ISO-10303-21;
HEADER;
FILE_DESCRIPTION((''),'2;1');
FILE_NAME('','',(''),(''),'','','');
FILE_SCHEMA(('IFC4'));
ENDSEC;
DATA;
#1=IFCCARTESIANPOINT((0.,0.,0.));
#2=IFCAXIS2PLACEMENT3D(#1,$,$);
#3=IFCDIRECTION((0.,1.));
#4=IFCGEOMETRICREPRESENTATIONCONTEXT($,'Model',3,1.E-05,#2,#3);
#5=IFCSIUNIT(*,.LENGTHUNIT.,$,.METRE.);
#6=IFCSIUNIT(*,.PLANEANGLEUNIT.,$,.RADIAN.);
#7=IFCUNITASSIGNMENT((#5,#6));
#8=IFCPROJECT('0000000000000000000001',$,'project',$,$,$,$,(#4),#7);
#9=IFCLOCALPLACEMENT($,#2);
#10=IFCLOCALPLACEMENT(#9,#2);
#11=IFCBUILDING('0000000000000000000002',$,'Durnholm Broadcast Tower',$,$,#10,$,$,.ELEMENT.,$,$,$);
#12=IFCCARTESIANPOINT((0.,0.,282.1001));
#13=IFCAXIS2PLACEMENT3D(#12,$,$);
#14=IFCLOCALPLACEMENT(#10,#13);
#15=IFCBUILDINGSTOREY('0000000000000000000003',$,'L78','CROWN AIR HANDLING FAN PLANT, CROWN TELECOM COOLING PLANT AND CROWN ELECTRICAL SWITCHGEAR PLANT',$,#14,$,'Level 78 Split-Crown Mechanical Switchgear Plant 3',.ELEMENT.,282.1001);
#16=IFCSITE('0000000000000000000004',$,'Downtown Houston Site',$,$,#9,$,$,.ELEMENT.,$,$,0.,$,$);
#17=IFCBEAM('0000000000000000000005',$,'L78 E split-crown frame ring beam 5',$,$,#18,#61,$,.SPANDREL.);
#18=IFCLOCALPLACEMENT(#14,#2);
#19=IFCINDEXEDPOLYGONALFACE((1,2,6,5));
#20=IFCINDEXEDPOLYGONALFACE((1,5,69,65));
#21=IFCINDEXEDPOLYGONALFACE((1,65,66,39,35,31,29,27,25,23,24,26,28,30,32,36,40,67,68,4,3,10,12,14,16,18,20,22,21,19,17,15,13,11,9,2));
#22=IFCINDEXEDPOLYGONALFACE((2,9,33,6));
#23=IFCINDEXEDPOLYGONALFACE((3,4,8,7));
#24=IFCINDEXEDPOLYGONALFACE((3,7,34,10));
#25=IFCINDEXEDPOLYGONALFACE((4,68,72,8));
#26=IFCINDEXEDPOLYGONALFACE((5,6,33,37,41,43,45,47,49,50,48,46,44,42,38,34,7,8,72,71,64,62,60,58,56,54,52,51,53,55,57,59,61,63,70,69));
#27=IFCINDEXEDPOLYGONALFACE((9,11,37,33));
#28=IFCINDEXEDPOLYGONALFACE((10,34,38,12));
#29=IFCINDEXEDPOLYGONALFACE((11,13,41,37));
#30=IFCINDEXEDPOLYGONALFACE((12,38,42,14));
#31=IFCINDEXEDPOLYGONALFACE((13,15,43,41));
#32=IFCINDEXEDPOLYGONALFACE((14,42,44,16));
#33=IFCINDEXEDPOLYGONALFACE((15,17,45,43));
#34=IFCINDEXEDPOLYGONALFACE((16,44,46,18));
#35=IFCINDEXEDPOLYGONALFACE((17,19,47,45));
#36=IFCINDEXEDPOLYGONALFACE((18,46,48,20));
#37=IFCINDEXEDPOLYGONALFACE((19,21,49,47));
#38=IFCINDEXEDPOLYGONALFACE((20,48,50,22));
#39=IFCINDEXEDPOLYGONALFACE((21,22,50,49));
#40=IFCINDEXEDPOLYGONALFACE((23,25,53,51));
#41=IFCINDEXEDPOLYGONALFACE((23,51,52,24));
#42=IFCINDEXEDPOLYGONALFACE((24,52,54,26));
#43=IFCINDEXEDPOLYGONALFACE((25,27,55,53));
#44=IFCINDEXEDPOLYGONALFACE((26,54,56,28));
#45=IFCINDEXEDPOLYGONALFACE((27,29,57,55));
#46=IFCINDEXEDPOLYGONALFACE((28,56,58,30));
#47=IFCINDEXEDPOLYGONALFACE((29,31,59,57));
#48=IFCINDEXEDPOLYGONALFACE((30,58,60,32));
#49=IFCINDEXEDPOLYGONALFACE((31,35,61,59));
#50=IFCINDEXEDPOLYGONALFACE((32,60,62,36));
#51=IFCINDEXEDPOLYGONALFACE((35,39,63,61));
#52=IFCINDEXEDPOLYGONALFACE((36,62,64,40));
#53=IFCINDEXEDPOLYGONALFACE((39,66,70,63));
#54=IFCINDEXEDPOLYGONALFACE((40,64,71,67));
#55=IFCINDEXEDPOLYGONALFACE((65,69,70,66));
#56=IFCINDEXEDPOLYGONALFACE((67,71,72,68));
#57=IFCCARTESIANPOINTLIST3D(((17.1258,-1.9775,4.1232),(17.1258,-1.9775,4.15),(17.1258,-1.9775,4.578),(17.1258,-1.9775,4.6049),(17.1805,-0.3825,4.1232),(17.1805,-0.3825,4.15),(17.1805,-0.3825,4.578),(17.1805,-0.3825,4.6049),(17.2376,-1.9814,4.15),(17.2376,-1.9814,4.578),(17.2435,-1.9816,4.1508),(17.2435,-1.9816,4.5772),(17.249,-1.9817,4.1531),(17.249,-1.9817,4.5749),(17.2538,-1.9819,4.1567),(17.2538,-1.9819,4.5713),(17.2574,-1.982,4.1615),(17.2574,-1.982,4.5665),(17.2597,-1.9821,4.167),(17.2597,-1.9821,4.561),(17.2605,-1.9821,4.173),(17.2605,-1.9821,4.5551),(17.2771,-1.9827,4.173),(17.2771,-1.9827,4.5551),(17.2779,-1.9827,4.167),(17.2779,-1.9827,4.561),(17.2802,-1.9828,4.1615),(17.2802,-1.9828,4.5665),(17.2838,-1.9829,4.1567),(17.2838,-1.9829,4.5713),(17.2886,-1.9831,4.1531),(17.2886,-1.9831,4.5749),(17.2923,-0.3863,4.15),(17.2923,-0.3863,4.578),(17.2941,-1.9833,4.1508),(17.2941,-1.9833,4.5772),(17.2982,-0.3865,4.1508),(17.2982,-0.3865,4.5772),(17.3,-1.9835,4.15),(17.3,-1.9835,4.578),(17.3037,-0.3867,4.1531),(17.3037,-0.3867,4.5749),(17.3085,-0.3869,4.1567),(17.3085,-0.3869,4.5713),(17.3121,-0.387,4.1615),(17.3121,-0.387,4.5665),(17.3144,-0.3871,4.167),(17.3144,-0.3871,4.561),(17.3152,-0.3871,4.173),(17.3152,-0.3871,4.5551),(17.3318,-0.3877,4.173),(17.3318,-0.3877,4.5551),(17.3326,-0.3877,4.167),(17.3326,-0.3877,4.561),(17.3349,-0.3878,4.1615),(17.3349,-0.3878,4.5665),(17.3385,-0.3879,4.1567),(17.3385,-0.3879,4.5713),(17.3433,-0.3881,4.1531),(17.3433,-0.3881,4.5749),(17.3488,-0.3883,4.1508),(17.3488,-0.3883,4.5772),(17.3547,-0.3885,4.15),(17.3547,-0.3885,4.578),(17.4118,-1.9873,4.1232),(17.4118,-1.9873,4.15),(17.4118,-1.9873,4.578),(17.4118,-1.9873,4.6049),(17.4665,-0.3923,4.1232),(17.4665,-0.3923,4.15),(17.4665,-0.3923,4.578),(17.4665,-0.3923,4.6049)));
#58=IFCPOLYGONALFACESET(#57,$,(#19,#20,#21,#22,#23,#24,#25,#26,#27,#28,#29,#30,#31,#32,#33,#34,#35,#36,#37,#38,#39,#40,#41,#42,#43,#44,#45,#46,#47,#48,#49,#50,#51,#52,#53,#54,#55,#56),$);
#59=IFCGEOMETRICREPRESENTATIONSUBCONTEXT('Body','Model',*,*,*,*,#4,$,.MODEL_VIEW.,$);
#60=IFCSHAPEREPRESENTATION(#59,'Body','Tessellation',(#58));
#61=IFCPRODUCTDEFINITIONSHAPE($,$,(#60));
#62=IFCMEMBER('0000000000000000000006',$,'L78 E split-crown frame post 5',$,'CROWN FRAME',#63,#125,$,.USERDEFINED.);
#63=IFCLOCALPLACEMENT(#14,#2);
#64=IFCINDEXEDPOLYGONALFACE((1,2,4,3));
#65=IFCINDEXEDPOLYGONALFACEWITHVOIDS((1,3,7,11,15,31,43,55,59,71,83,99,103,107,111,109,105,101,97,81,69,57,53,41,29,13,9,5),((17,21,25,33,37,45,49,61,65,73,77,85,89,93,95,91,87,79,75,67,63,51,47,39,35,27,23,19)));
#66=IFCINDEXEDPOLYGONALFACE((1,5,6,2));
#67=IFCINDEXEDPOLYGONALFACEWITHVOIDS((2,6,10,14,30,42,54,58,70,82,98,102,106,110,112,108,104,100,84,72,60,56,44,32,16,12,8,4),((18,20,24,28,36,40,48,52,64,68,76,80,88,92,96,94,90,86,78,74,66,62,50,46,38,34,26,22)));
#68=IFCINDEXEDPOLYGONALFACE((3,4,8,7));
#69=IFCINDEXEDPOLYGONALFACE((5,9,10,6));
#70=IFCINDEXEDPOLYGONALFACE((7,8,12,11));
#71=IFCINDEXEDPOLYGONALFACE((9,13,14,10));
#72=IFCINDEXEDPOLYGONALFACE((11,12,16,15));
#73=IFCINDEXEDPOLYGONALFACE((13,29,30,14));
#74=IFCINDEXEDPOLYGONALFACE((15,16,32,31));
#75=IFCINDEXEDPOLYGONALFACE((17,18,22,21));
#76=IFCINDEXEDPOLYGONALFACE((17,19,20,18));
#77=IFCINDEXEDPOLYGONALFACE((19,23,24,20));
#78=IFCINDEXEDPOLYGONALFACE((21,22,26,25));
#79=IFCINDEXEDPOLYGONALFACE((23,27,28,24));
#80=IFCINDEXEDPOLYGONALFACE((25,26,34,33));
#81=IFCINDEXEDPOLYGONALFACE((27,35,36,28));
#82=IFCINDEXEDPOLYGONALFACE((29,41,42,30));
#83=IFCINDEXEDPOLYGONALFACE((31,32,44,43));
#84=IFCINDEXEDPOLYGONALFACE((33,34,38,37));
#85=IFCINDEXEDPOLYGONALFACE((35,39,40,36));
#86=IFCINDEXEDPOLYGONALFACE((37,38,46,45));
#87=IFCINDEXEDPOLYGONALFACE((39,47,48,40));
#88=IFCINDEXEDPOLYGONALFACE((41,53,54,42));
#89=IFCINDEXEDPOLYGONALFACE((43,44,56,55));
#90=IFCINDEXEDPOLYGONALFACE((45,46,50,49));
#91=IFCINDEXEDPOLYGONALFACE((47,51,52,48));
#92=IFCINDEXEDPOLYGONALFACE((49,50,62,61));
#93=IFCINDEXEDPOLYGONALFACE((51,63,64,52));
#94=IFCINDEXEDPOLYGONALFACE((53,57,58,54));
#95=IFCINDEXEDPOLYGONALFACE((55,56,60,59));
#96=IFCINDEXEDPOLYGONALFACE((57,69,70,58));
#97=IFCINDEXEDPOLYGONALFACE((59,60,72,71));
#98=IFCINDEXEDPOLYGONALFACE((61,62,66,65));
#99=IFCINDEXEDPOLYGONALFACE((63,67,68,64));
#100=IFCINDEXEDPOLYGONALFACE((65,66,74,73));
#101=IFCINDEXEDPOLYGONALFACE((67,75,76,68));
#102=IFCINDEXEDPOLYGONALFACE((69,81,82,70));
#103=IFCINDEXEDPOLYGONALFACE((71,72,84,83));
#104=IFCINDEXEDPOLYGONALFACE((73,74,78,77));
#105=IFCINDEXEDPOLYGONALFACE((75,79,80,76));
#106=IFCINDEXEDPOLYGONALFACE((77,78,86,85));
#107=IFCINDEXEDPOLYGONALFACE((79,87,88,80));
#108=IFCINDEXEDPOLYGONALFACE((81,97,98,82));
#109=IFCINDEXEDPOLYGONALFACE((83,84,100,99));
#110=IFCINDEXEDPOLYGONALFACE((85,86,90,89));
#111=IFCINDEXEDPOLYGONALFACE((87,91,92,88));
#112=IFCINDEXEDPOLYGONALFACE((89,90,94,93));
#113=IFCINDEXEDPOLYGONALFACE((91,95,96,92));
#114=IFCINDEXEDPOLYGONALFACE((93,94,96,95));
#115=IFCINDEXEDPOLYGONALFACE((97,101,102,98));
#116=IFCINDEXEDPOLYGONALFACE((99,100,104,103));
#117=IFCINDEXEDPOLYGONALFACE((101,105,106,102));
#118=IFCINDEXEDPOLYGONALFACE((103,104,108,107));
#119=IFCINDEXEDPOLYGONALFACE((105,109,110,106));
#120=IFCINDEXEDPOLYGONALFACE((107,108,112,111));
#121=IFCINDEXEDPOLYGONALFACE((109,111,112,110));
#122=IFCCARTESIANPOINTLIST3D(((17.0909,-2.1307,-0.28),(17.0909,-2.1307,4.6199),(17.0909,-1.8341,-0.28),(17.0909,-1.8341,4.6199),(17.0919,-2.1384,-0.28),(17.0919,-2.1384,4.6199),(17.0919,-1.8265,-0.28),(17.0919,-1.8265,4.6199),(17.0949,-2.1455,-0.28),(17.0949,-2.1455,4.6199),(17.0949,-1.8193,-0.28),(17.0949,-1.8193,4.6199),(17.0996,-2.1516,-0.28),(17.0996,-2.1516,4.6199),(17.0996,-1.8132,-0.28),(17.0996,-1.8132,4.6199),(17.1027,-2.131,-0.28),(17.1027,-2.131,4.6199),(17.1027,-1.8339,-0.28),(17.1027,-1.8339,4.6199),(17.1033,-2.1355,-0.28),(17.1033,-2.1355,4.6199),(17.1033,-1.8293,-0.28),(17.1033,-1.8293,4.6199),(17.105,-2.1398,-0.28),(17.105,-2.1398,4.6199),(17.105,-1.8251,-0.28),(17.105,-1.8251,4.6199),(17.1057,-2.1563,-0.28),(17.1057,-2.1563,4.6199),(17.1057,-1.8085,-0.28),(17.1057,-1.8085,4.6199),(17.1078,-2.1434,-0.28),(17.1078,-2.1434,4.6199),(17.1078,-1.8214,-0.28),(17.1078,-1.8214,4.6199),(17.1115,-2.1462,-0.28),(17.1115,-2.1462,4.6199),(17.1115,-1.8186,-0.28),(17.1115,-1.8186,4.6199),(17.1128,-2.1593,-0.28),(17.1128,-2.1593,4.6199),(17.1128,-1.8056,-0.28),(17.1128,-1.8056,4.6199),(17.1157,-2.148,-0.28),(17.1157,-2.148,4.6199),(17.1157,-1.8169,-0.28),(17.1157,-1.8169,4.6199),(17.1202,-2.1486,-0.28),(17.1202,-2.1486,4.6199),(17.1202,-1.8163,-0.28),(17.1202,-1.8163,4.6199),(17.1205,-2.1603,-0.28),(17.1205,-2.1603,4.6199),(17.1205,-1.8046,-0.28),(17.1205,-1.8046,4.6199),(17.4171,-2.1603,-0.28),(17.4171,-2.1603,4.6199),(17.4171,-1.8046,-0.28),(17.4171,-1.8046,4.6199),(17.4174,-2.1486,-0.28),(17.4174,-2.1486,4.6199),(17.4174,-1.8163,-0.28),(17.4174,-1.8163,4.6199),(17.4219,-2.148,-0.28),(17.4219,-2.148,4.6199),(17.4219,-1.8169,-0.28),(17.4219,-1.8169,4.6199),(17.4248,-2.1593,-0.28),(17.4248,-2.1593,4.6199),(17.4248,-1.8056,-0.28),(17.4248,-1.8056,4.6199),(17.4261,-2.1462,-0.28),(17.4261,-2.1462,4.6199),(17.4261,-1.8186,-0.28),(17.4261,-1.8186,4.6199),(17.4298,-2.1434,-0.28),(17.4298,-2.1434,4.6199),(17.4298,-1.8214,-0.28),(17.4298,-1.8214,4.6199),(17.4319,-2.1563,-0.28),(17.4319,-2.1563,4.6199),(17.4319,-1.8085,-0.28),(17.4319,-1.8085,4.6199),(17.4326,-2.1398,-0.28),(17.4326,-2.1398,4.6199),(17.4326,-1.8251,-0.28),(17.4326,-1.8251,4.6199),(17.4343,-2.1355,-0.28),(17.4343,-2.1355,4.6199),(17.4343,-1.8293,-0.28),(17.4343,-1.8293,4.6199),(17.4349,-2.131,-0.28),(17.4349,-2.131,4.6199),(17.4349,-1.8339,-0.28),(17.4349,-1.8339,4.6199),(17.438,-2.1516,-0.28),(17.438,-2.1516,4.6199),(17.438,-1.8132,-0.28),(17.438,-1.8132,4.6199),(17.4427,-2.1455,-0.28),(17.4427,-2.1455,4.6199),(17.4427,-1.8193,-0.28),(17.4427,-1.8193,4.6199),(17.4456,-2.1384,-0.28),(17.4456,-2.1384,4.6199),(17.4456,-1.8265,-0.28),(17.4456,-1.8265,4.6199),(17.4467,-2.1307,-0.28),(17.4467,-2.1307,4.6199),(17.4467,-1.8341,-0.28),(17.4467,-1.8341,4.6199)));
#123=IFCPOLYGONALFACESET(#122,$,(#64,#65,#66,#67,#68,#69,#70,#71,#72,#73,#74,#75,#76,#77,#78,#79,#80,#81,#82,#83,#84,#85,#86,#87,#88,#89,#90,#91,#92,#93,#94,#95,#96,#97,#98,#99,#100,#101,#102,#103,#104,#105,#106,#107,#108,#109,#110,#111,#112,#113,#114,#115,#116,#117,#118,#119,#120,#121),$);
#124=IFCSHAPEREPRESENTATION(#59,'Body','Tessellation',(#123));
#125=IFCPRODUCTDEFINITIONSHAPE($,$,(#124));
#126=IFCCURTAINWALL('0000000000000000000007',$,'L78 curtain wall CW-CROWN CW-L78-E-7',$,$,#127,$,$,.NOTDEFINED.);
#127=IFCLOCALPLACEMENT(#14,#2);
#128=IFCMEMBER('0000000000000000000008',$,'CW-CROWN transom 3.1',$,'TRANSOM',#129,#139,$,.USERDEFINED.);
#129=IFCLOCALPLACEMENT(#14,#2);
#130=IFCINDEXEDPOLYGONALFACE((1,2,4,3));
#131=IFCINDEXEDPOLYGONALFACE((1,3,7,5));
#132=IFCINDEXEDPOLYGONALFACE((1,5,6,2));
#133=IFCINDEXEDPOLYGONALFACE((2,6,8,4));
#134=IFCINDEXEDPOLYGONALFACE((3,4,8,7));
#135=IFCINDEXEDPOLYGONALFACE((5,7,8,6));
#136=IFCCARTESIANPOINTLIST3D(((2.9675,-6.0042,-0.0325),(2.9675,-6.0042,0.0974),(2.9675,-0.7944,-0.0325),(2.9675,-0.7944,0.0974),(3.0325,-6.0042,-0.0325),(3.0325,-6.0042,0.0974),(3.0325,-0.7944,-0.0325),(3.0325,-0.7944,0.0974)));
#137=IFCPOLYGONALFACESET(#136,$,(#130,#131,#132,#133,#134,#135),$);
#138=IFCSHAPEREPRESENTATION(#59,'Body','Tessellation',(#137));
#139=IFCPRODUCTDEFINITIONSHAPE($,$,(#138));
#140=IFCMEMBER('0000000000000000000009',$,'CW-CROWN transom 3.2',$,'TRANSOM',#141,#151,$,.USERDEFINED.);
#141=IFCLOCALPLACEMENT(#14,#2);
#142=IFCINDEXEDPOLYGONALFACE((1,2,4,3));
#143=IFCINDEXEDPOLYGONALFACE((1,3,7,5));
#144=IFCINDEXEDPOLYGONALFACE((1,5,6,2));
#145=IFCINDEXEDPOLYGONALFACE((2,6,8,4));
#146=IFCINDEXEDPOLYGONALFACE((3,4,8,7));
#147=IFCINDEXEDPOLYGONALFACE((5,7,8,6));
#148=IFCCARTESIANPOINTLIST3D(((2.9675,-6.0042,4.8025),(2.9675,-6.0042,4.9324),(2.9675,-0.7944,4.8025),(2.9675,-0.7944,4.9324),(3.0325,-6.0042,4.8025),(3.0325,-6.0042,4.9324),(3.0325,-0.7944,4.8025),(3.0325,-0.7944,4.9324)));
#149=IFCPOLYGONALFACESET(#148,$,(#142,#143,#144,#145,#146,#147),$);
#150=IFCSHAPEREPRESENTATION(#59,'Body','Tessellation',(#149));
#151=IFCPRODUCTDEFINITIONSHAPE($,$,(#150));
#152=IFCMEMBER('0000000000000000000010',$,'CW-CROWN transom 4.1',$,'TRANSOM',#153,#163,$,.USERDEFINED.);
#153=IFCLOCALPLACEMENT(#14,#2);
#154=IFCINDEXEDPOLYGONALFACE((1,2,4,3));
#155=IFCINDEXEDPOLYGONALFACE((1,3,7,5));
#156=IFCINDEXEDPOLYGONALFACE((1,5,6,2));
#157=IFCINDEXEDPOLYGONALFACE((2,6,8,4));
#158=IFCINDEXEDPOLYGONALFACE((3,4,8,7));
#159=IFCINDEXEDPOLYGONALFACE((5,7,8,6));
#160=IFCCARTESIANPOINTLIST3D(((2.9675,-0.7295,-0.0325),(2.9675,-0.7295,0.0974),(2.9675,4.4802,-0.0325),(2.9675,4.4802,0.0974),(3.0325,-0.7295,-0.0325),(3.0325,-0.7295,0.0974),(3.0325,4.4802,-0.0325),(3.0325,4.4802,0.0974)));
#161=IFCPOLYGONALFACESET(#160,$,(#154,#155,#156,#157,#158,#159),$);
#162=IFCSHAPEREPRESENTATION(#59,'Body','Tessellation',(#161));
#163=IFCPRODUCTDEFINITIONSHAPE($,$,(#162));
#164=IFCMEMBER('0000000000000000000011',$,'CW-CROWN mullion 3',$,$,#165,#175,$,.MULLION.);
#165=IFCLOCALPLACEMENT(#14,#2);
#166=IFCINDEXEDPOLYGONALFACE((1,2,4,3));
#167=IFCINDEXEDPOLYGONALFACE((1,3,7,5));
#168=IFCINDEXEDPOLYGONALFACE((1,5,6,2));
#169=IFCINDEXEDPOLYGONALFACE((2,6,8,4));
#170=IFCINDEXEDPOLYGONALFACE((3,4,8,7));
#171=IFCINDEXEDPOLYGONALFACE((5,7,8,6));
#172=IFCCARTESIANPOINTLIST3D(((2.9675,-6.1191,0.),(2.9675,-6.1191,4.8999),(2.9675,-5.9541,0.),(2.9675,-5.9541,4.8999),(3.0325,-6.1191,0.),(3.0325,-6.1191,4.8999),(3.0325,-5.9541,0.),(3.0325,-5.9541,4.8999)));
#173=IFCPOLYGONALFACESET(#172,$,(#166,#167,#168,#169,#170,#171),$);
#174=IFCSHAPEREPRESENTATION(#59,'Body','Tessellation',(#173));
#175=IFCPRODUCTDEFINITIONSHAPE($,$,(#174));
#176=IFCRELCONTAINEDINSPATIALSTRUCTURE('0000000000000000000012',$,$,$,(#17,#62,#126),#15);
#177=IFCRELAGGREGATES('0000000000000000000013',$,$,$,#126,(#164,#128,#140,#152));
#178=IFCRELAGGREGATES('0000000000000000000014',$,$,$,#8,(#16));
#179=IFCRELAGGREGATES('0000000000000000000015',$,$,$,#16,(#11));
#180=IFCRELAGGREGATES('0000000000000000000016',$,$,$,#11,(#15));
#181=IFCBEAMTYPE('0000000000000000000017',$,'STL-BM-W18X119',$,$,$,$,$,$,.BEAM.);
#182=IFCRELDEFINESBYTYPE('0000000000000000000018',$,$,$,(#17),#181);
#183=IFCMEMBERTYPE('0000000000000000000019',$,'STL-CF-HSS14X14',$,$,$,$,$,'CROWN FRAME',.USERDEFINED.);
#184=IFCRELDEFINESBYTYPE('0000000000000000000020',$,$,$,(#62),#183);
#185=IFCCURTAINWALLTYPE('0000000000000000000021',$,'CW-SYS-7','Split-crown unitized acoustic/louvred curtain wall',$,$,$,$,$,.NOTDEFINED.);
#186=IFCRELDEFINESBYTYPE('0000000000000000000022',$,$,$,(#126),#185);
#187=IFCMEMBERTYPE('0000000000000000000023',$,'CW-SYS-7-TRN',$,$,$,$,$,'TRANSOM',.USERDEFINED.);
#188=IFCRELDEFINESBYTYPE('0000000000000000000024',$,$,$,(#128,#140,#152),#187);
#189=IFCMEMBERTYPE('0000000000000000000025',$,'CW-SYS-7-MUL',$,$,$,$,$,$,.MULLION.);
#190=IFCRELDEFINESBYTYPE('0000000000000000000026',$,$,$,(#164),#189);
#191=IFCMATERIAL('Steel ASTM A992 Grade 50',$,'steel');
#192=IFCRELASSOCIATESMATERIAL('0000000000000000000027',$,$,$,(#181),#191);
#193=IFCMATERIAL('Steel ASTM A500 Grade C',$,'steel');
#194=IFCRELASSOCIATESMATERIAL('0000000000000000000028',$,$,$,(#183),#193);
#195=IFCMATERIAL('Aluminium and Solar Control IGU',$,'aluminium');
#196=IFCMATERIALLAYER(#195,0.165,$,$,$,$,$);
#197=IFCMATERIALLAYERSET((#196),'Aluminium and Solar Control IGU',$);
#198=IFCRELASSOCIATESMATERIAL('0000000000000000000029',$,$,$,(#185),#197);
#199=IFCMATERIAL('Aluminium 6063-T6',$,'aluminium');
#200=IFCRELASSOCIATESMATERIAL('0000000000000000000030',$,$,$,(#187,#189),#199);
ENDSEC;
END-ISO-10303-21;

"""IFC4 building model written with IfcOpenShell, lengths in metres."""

from ifc_helpers import new_model, si_unit, direction, frame, origin, origin_2d, place, context, subcontext, project, spatial, rectangle, hollow_rectangle, i_section, extrude, source, transform, mapped, material, layer, layer_set, material_profile, profile_set, type_object, type_shapes, element, aggregate, save


model = new_model("IFC4")

# Units and contexts
model_context = context("Model", 3, precision=1e-05, world=origin(), true_north=direction((0.0, 1.0)))
body_context = subcontext(model_context, "Body", "Model", "MODEL_VIEW")
ifc_project = project(units=[si_unit("LENGTHUNIT", "METRE"), si_unit("PLANEANGLEUNIT", "RADIAN")], contexts=[model_context])

# Site, building, storey
site_placement = place(None, origin())
site = spatial("IfcSite", under=ifc_project, at=site_placement, Name="Downtown Houston Site", CompositionType="ELEMENT", RefElevation=0.0)
building_placement = place(site_placement, origin())
building = spatial("IfcBuilding", under=site, at=building_placement, Name="Durnholm Broadcast Tower", CompositionType="ELEMENT")
storey_placement = place(building_placement, frame((0.0, 0.0, 282.1001)))
storey = spatial("IfcBuildingStorey", under=building, at=storey_placement, Name="L78", Description="CROWN AIR HANDLING FAN PLANT, CROWN TELECOM COOLING PLANT AND CROWN ELECTRICAL SWITCHGEAR PLANT", LongName="Level 78 Split-Crown Mechanical Switchgear Plant 3", CompositionType="ELEMENT", Elevation=282.1001)

# Shared definitions
ifc_material_1 = material(Name="Steel ASTM A500 Grade C", Category="steel")

# Beam
ifc_material_2 = material(Name="Steel ASTM A992 Grade 50", Category="steel")
ifc_material_profile_1 = material_profile(ifc_material_2, i_section(OverallWidth=0.2861, OverallDepth=0.4817, WebThickness=0.0166, FlangeThickness=0.0269, FilletRadius=0.0229, at=origin_2d()), Name="W18X119")
ifc_profile_set_1 = profile_set([ifc_material_profile_1], Name="Steel ASTM A992 Grade 50")
beam_type_1 = type_object("IfcBeamType", Name="STL-BM-W18X119", PredefinedType="BEAM", material=ifc_profile_set_1)
shared_shape_1 = source(origin(), body_context, "Body", "SweptSolid", [
    extrude(i_section(OverallWidth=0.2861, OverallDepth=0.4817, WebThickness=0.0166, FlangeThickness=0.0269, FilletRadius=0.0229, at=origin_2d()), origin(), (0.0, 0.0, 1.0), 1.5959),
])
type_shapes(beam_type_1, [shared_shape_1])
beam_1_placement = place(storey_placement, frame((17.2688, -1.9824, 4.364), z_axis=(0.034267, 0.999413, 0.0), x_axis=(-0.999413, 0.034267, 0.0)))
element("IfcBeam", 1, at=beam_1_placement, inside=storey, type_object=beam_type_1, Name="L78 E split-crown frame ring beam 5", PredefinedType="SPANDREL", context=body_context, shape_type="MappedRepresentation", body=[
    mapped(shared_shape_1, transform((0.0, 0.0, 0.0), x_axis=(1.0, 0.0, 0.0), y_axis=(0.0, 1.0, 0.0), z_axis=(0.0, 0.0, 1.0), scale=1.0)),
])

# Member
ifc_material_profile_2 = material_profile(ifc_material_1, hollow_rectangle(XDim=0.3557, YDim=0.3557, WallThickness=0.0117, InnerFilletRadius=0.0176, OuterFilletRadius=0.0295, at=origin_2d()), Name="HSS14X14X1/2")
ifc_profile_set_2 = profile_set([ifc_material_profile_2], Name="Steel ASTM A500 Grade C")
member_type_1 = type_object("IfcMemberType", Name="STL-CF-HSS14X14", ElementType="CROWN FRAME", PredefinedType="USERDEFINED", material=ifc_profile_set_2)
shared_shape_2 = source(origin(), body_context, "Body", "SweptSolid", [
    extrude(hollow_rectangle(XDim=0.3557, YDim=0.3557, WallThickness=0.0117, InnerFilletRadius=0.0176, OuterFilletRadius=0.0295, at=origin_2d()), origin(), (0.0, 0.0, 1.0), 4.8999),
])
type_shapes(member_type_1, [shared_shape_2])
member_1_placement = place(storey_placement, frame((17.2688, -1.9824, -0.28), z_axis=(0.0, 0.0, 1.0), x_axis=(1.0, 0.0, 0.0)))
element("IfcMember", 2, at=member_1_placement, inside=storey, type_object=member_type_1, Name="L78 E split-crown frame post 5", ObjectType="CROWN FRAME", PredefinedType="USERDEFINED", context=body_context, shape_type="MappedRepresentation", body=[
    mapped(shared_shape_2, transform((0.0, 0.0, 0.0), x_axis=(1.0, 0.0, 0.0), y_axis=(0.0, 1.0, 0.0), z_axis=(0.0, 0.0, 1.0), scale=1.0)),
])

# Curtain wall, members
ifc_material_3 = material(Name="Aluminium and Solar Control IGU", Category="aluminium")
ifc_layer_1 = layer(ifc_material_3, 0.165)
ifc_layer_set_1 = layer_set([ifc_layer_1], Name="Aluminium and Solar Control IGU")
curtain_wall_type = type_object("IfcCurtainWallType", Name="CW-SYS-7", Description="Split-crown unitized acoustic/louvred curtain wall", PredefinedType="NOTDEFINED", material=ifc_layer_set_1)
curtain_wall_placement = place(storey_placement, origin())
curtain_wall = element("IfcCurtainWall", 3, at=curtain_wall_placement, inside=storey, type_object=curtain_wall_type, Name="L78 curtain wall CW-CROWN CW-L78-E-7", PredefinedType="NOTDEFINED")
ifc_material_4 = material(Name="Aluminium 6063-T6", Category="aluminium")
ifc_material_profile_3 = material_profile(ifc_material_4, rectangle(XDim=0.0649, YDim=0.1299, at=origin_2d()), Name="CWT65X130")
ifc_profile_set_3 = profile_set([ifc_material_profile_3], Name="Aluminium 6063-T6")
member_type_2 = type_object("IfcMemberType", Name="CW-SYS-7-TRN", ElementType="TRANSOM", PredefinedType="USERDEFINED", material=ifc_profile_set_3)
shared_shape_3 = source(origin(), body_context, "Body", "SweptSolid", [
    extrude(rectangle(XDim=0.0649, YDim=0.1299, at=origin_2d()), origin(), (0.0, 0.0, 1.0), 5.2097),
])
type_shapes(member_type_2, [shared_shape_3])
member_2_placement = place(storey_placement, frame((3.0, -6.0042, 0.0325), z_axis=(0.0, 1.0, 0.0), x_axis=(-1.0, 0.0, 0.0)))
member_2 = element("IfcMember", 4, at=member_2_placement, type_object=member_type_2, Name="CW-CROWN transom 3.1", ObjectType="TRANSOM", PredefinedType="USERDEFINED", context=body_context, shape_type="MappedRepresentation", body=[
    mapped(shared_shape_3, transform((0.0, 0.0, 0.0), x_axis=(1.0, 0.0, 0.0), y_axis=(0.0, 1.0, 0.0), z_axis=(0.0, 0.0, 1.0), scale=1.0)),
])
member_3_placement = place(storey_placement, frame((3.0, -6.0042, 4.8674), z_axis=(0.0, 1.0, 0.0), x_axis=(-1.0, 0.0, 0.0)))
member_3 = element("IfcMember", 5, at=member_3_placement, type_object=member_type_2, Name="CW-CROWN transom 3.2", ObjectType="TRANSOM", PredefinedType="USERDEFINED", context=body_context, shape_type="MappedRepresentation", body=[
    mapped(shared_shape_3, transform((0.0, 0.0, 0.0), x_axis=(1.0, 0.0, 0.0), y_axis=(0.0, 1.0, 0.0), z_axis=(0.0, 0.0, 1.0), scale=1.0)),
])
member_4_placement = place(storey_placement, frame((3.0, -0.7295, 0.0325), z_axis=(0.0, 1.0, 0.0), x_axis=(-1.0, 0.0, 0.0)))
member_4 = element("IfcMember", 6, at=member_4_placement, type_object=member_type_2, Name="CW-CROWN transom 4.1", ObjectType="TRANSOM", PredefinedType="USERDEFINED", context=body_context, shape_type="MappedRepresentation", body=[
    mapped(shared_shape_3, transform((0.0, 0.0, 0.0), x_axis=(1.0, 0.0, 0.0), y_axis=(0.0, 1.0, 0.0), z_axis=(0.0, 0.0, 1.0), scale=1.0)),
])
ifc_material_profile_4 = material_profile(ifc_material_4, rectangle(XDim=0.0649, YDim=0.165, at=origin_2d()), Name="CWM65X165")
ifc_profile_set_4 = profile_set([ifc_material_profile_4], Name="Aluminium 6063-T6")
member_type_3 = type_object("IfcMemberType", Name="CW-SYS-7-MUL", PredefinedType="MULLION", material=ifc_profile_set_4)
shared_shape_4 = source(origin(), body_context, "Body", "SweptSolid", [
    extrude(rectangle(XDim=0.0649, YDim=0.165, at=origin_2d()), origin(), (0.0, 0.0, 1.0), 4.8999),
])
type_shapes(member_type_3, [shared_shape_4])
member_5_placement = place(storey_placement, frame((3.0, -6.0366, 0.0), z_axis=(0.0, 0.0, 1.0), x_axis=(-1.0, 0.0, 0.0)))
member_5 = element("IfcMember", 7, at=member_5_placement, type_object=member_type_3, Name="CW-CROWN mullion 3", PredefinedType="MULLION", context=body_context, shape_type="MappedRepresentation", body=[
    mapped(shared_shape_4, transform((0.0, 0.0, 0.0), x_axis=(1.0, 0.0, 0.0), y_axis=(0.0, 1.0, 0.0), z_axis=(0.0, 0.0, 1.0), scale=1.0)),
])

aggregate(curtain_wall, [member_5, member_2, member_3, member_4])

save(model, "model.ifc")
